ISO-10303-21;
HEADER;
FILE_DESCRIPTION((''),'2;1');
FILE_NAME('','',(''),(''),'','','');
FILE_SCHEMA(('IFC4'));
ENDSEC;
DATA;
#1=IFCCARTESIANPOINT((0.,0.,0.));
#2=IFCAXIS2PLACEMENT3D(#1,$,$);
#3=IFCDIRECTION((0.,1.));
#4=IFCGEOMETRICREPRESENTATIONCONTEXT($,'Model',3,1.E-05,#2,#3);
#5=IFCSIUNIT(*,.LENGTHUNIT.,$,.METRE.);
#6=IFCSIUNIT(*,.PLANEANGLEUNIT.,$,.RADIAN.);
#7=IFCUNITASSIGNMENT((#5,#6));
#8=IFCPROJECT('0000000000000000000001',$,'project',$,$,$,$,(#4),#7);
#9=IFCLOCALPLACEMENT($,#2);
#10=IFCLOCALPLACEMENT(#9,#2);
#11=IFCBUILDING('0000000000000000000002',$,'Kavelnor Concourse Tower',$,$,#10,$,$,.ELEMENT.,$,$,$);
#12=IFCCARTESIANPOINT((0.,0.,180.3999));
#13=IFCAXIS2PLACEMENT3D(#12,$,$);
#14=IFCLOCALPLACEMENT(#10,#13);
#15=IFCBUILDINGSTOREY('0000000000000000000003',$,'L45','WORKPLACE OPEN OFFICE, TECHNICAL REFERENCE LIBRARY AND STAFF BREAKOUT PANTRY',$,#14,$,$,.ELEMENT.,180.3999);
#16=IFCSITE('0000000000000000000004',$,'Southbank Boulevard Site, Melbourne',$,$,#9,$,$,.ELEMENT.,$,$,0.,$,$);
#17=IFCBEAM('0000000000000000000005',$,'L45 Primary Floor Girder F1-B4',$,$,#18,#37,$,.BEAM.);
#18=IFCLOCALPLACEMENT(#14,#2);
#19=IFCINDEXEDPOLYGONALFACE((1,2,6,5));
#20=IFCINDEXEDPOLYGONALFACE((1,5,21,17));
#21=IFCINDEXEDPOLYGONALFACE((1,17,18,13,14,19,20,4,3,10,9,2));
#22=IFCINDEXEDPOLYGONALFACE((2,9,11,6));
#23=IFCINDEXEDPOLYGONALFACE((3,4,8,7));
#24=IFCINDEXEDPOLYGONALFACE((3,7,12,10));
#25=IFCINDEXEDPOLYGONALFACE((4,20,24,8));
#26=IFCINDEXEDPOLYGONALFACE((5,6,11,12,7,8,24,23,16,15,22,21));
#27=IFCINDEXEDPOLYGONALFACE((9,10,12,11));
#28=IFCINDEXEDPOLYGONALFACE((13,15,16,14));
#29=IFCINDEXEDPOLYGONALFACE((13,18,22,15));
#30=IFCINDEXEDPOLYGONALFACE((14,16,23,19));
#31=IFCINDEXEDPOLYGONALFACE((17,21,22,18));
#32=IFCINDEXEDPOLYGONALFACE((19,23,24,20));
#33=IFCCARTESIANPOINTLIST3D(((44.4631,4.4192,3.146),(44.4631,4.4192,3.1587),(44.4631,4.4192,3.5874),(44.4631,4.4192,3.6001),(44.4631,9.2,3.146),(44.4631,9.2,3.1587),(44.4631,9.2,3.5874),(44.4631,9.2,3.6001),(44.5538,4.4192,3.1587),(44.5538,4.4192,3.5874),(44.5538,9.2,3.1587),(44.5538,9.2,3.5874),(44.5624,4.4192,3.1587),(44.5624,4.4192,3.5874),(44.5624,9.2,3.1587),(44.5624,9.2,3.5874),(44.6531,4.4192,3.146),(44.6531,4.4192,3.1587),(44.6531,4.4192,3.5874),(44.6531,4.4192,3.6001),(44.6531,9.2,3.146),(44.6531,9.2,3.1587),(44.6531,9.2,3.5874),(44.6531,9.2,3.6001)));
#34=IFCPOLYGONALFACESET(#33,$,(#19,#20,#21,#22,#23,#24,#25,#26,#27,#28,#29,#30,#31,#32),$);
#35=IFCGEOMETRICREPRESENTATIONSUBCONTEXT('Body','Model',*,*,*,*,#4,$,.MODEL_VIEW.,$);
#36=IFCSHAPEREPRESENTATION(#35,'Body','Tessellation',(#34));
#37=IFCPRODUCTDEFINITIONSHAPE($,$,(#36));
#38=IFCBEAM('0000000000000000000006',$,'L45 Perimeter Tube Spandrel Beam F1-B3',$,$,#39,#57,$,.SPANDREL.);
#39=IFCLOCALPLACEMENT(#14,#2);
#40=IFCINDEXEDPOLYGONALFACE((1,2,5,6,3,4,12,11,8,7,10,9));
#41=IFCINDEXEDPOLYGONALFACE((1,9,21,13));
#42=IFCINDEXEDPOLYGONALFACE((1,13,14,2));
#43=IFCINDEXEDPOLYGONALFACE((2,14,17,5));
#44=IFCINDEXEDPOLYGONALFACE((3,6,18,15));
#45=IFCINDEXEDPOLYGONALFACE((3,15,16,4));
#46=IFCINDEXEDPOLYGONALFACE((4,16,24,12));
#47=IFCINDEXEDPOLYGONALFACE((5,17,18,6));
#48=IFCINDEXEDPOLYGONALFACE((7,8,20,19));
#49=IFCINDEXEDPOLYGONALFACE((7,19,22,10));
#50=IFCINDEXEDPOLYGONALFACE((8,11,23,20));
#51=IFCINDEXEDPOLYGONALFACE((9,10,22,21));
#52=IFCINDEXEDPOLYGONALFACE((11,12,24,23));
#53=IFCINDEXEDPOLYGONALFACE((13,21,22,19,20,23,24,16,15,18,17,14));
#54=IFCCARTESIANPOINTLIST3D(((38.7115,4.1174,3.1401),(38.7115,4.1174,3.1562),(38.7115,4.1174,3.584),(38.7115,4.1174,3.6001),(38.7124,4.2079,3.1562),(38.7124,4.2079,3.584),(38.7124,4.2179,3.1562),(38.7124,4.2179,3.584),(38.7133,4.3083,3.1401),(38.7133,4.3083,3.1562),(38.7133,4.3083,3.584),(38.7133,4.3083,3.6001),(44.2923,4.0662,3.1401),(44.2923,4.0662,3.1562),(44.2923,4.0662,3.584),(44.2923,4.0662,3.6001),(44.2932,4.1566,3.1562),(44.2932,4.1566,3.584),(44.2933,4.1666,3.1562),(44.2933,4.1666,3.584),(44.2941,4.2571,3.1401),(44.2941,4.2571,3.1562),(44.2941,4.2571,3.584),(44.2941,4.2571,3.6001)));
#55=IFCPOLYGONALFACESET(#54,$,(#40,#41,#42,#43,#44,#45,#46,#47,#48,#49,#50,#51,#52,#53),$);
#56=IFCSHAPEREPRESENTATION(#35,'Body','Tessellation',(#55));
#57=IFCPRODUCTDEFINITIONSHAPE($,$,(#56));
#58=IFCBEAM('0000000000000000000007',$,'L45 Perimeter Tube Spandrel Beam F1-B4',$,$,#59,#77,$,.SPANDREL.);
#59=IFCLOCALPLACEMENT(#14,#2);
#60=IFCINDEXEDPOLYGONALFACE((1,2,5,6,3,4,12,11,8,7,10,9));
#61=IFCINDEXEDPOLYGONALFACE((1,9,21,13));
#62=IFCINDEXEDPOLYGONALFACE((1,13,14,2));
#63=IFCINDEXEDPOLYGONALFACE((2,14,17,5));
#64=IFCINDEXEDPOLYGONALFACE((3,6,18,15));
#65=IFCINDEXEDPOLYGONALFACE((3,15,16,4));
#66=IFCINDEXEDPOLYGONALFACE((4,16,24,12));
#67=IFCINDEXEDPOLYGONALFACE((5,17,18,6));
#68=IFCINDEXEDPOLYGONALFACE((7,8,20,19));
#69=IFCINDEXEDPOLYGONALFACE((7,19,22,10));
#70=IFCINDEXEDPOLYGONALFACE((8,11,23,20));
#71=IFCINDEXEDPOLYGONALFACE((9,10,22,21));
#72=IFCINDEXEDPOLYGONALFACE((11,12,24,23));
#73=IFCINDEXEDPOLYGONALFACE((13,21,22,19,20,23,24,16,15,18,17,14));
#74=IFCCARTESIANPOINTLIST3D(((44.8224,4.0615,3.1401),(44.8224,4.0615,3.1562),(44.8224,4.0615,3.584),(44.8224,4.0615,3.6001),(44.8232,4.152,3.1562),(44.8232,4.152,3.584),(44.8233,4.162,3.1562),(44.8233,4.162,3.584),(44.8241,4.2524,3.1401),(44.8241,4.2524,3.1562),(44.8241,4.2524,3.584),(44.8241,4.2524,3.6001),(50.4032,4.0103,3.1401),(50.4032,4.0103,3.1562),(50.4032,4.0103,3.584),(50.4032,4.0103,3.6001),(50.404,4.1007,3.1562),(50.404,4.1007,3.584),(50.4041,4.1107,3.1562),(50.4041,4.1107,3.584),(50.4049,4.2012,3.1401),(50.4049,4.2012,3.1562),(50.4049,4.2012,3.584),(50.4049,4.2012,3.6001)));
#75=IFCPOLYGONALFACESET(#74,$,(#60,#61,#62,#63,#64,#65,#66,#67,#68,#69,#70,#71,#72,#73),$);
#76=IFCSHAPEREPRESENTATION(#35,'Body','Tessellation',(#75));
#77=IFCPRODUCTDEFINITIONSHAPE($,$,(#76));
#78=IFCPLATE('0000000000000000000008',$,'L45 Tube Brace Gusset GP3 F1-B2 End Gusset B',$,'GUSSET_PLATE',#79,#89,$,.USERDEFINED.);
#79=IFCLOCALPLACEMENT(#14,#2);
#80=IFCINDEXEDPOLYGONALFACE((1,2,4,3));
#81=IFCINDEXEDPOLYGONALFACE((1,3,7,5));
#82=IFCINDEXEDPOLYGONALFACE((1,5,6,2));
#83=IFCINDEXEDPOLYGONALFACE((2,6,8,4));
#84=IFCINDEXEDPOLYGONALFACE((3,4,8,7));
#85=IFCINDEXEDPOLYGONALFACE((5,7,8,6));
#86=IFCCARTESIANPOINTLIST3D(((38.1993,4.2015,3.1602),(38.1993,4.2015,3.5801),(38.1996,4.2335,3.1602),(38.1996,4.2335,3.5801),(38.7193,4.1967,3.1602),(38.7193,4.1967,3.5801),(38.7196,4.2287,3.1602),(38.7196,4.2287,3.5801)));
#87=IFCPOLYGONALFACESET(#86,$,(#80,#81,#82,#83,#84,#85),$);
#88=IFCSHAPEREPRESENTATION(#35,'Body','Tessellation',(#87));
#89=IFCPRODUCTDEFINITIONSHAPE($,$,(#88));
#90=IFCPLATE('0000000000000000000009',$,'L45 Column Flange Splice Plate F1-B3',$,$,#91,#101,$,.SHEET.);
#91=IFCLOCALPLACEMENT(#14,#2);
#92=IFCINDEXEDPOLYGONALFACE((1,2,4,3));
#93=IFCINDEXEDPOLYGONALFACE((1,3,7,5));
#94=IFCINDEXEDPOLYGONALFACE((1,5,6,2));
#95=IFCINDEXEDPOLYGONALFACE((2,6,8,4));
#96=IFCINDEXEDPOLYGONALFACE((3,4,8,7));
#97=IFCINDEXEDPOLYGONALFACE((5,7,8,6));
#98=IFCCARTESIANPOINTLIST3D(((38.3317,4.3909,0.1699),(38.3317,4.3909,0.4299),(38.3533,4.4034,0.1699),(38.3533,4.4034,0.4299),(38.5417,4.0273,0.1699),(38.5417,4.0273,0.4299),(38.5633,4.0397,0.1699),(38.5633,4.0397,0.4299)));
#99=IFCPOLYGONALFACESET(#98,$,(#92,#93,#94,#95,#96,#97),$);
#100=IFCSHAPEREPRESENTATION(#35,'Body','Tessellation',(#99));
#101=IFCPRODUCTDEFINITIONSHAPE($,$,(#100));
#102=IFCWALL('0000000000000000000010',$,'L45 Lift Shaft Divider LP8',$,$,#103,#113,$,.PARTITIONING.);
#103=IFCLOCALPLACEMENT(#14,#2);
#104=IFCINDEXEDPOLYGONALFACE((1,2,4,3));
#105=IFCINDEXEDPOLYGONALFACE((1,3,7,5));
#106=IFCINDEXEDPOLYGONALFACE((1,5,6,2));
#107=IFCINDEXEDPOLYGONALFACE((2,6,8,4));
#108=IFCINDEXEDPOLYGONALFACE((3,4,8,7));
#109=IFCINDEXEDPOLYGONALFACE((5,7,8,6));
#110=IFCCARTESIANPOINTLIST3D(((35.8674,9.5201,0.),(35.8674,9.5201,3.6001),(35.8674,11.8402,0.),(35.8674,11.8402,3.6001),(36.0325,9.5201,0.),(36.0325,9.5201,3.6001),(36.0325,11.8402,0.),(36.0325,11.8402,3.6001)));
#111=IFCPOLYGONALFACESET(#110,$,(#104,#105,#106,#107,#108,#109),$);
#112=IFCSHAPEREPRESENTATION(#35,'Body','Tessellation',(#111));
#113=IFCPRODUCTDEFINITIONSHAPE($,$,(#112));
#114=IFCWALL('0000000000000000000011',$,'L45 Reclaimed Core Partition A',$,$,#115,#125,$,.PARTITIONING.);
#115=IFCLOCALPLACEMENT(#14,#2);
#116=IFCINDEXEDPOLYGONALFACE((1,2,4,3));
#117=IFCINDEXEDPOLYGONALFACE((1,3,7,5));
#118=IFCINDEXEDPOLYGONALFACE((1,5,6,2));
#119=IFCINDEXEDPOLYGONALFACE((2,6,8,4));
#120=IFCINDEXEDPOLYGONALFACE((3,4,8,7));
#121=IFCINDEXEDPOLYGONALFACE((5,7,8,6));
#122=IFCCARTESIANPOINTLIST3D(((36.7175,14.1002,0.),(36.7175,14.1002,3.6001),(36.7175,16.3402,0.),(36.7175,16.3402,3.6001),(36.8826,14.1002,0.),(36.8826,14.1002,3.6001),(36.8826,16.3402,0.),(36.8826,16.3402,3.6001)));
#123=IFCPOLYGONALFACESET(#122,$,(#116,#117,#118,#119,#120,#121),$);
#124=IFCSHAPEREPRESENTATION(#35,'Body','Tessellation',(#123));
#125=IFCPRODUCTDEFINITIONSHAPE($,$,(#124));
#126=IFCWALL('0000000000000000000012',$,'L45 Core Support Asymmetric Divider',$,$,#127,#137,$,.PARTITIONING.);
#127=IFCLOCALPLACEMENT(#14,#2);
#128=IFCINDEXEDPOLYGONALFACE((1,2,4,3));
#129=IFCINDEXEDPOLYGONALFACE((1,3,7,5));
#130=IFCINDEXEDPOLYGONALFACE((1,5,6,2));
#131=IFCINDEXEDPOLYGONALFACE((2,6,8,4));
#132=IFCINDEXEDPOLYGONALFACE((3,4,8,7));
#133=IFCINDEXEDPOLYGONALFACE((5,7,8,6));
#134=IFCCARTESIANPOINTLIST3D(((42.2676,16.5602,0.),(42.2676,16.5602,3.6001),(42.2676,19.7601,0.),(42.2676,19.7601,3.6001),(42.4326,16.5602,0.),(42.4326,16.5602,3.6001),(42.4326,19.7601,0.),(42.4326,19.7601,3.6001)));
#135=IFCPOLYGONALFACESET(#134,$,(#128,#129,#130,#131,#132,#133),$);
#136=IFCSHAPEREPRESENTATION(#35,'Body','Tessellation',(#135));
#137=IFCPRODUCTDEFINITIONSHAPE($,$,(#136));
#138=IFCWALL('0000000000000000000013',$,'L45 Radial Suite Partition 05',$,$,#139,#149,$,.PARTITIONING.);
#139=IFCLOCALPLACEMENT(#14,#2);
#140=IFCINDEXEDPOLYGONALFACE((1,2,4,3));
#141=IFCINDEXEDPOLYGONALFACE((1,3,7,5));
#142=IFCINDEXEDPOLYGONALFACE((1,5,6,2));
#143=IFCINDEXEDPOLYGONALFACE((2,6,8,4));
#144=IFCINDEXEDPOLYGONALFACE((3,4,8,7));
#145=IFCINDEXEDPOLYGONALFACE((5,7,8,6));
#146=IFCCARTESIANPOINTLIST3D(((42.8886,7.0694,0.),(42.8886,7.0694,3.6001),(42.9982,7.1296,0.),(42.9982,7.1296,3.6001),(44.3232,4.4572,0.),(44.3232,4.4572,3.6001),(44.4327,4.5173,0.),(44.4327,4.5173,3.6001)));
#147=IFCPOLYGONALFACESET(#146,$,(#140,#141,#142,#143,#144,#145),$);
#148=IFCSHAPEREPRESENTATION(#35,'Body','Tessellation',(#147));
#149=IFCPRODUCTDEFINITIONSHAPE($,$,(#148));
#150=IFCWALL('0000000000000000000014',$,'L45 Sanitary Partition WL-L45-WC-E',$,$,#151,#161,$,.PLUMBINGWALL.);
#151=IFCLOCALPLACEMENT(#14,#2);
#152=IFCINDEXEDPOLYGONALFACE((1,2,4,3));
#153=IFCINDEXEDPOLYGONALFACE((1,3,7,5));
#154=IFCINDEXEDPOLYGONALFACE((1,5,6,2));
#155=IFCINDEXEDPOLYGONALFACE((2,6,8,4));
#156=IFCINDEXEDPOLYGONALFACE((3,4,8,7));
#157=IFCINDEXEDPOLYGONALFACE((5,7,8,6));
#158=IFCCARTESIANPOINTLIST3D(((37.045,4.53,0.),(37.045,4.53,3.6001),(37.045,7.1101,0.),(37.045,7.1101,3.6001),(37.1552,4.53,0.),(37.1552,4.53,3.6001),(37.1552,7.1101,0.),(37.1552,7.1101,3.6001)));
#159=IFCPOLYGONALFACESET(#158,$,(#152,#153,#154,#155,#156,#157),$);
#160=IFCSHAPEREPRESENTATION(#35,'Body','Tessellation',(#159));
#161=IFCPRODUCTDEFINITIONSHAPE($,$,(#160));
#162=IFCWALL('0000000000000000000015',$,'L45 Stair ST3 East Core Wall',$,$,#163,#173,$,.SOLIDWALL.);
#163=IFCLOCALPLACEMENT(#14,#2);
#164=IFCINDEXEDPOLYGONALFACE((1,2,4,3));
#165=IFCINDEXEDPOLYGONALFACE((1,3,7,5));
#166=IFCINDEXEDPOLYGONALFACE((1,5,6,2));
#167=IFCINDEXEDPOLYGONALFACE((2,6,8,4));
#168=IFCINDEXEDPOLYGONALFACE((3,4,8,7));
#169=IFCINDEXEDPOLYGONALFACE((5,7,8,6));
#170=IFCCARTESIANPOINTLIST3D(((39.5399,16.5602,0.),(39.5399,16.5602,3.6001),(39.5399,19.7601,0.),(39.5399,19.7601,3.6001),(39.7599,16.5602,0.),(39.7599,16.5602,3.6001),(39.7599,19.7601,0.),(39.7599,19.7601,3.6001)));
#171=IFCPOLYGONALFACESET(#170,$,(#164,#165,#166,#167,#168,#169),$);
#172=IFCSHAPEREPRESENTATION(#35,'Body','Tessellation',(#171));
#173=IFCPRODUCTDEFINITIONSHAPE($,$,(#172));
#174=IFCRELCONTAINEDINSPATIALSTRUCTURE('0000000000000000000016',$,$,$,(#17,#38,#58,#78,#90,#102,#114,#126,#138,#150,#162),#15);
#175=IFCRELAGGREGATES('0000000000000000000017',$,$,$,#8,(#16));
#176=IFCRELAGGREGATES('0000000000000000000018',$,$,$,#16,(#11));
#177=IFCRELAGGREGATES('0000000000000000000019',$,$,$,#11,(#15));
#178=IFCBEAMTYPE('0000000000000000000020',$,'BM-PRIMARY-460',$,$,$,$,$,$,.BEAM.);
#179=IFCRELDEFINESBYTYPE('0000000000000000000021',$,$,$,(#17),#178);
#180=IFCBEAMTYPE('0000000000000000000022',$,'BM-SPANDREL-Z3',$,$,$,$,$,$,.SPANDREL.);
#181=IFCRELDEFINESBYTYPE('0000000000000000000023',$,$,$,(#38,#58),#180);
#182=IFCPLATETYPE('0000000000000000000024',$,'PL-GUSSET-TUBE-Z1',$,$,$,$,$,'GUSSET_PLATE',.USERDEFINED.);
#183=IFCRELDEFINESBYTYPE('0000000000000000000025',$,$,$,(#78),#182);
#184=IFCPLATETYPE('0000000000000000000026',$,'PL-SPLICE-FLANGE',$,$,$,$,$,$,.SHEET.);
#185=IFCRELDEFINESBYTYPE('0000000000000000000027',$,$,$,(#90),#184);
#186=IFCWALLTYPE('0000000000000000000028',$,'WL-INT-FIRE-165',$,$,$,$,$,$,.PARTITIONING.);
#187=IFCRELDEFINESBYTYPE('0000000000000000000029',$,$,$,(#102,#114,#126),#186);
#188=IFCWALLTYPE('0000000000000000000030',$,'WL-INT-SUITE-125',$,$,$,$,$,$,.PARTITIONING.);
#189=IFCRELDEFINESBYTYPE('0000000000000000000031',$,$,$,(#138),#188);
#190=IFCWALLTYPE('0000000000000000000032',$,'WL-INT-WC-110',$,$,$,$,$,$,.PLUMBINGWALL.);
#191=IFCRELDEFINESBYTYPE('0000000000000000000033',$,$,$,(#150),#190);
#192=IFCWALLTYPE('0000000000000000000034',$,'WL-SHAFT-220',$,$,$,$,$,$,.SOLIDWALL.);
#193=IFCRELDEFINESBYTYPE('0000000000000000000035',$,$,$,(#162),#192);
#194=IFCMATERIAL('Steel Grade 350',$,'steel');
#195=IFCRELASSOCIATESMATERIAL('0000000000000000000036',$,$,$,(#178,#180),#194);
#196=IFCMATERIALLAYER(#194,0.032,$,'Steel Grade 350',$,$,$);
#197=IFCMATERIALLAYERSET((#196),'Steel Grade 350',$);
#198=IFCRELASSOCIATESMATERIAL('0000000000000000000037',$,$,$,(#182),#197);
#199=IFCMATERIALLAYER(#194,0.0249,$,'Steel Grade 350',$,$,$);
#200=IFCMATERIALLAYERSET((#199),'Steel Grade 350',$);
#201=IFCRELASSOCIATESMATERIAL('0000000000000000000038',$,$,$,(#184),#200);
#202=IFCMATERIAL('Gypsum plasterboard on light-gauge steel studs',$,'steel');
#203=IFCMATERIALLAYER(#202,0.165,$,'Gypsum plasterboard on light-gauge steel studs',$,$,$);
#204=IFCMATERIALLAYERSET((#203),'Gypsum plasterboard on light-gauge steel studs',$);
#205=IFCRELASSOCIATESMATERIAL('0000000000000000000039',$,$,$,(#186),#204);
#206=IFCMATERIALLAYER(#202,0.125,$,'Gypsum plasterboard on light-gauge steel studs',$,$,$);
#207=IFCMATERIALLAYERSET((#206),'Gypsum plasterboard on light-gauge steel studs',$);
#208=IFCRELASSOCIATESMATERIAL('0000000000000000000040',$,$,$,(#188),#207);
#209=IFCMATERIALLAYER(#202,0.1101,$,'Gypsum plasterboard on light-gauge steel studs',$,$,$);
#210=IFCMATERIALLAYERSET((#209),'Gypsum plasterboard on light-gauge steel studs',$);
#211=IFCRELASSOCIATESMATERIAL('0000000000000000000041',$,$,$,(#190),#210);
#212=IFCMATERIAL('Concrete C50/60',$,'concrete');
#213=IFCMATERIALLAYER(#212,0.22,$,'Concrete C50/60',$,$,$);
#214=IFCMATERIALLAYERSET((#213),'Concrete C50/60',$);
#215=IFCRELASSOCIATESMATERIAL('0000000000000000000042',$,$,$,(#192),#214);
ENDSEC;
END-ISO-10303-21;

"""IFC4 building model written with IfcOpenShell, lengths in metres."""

from ifc_helpers import new_model, si_unit, direction, frame, frame_2d, origin, origin_2d, place, context, subcontext, project, spatial, rectangle, i_section, extrude, material, layer, layer_set, material_profile, profile_set, type_object, element, save


model = new_model("IFC4")

# Units and contexts
model_context = context("Model", 3, precision=1e-05, world=origin(), true_north=direction((0.0, 1.0)))
body_context = subcontext(model_context, "Body", "Model", "MODEL_VIEW")
ifc_project = project(units=[si_unit("LENGTHUNIT", "METRE"), si_unit("PLANEANGLEUNIT", "RADIAN")], contexts=[model_context])

# Site, building, storey
site_placement = place(None, origin())
site = spatial("IfcSite", under=ifc_project, at=site_placement, Name="Southbank Boulevard Site, Melbourne", CompositionType="ELEMENT", RefElevation=0.0)
building_placement = place(site_placement, origin())
building = spatial("IfcBuilding", under=site, at=building_placement, Name="Kavelnor Concourse Tower", CompositionType="ELEMENT")
storey_placement = place(building_placement, frame((0.0, 0.0, 180.3999)))
storey = spatial("IfcBuildingStorey", under=building, at=storey_placement, Name="L45", Description="WORKPLACE OPEN OFFICE, TECHNICAL REFERENCE LIBRARY AND STAFF BREAKOUT PANTRY", CompositionType="ELEMENT", Elevation=180.3999)

# Shared definitions
ifc_material_1 = material(Name="Steel Grade 350", Category="steel")

# Beams
ifc_material_profile_1 = material_profile(ifc_material_1, i_section(OverallWidth=0.1899, OverallDepth=0.4541, WebThickness=0.0085, FlangeThickness=0.0127, at=origin_2d()), Name="460UB67")
ifc_profile_set_1 = profile_set([ifc_material_profile_1], Name="Steel Grade 350")
beam_type_1 = type_object("IfcBeamType", Name="BM-PRIMARY-460", PredefinedType="BEAM", material=ifc_profile_set_1)
beam_1_placement = place(storey_placement, frame((44.5581, 9.2, 3.373), z_axis=(0.0, -1.0, 0.0), x_axis=(1.0, 0.0, 0.0)))
element("IfcBeam", 1, at=beam_1_placement, inside=storey, type_object=beam_type_1, Name="L45 Primary Floor Girder F1-B4", PredefinedType="BEAM", context=body_context, shape_type="SweptSolid", body=[
    extrude(i_section(OverallWidth=0.1899, OverallDepth=0.4541, WebThickness=0.0085, FlangeThickness=0.0127, at=origin_2d()), origin(), (0.0, 0.0, 1.0), 4.7808),
])
ifc_material_profile_2 = material_profile(ifc_material_1, i_section(OverallWidth=0.1909, OverallDepth=0.46, WebThickness=0.01, FlangeThickness=0.0161, at=origin_2d()), Name="460UB82")
ifc_profile_set_2 = profile_set([ifc_material_profile_2], Name="Steel Grade 350")
beam_type_2 = type_object("IfcBeamType", Name="BM-SPANDREL-Z3", PredefinedType="SPANDREL", material=ifc_profile_set_2)
for number, where, z_axis, x_axis, name in (
    (2, (38.7124, 4.2129, 3.3701), (0.999958, -0.009186, 0.0), (0.009186, 0.999958, 0.0), "L45 Perimeter Tube Spandrel Beam F1-B3"),
    (3, (44.8232, 4.157, 3.3701), (0.999958, -0.009186, 0.0), (0.009186, 0.999958, 0.0), "L45 Perimeter Tube Spandrel Beam F1-B4"),
):
    element("IfcBeam", number, at=place(storey_placement, frame(where, z_axis=z_axis, x_axis=x_axis)), inside=storey, type_object=beam_type_2, Name=name, PredefinedType="SPANDREL", context=body_context, shape_type="SweptSolid", body=[
        extrude(i_section(OverallWidth=0.1909, OverallDepth=0.46, WebThickness=0.01, FlangeThickness=0.0161, at=origin_2d()), origin(), (0.0, 0.0, 1.0), 5.5811),
    ])

# Plates
ifc_layer_1 = layer(ifc_material_1, 0.032, Name="Steel Grade 350")
ifc_layer_set_1 = layer_set([ifc_layer_1], Name="Steel Grade 350")
plate_type_1 = type_object("IfcPlateType", Name="PL-GUSSET-TUBE-Z1", ElementType="GUSSET_PLATE", PredefinedType="USERDEFINED", material=ifc_layer_set_1)
plate_1_placement = place(storey_placement, frame((38.4595, 4.2151, 3.1602), z_axis=(0.0, 0.0, 1.0), x_axis=(0.999957, -0.00925, 0.0)))
element("IfcPlate", 4, at=plate_1_placement, inside=storey, type_object=plate_type_1, Name="L45 Tube Brace Gusset GP3 F1-B2 End Gusset B", ObjectType="GUSSET_PLATE", PredefinedType="USERDEFINED", context=body_context, shape_type="SweptSolid", body=[
    extrude(rectangle(XDim=0.52, YDim=0.032, at=origin_2d()), origin(), (0.0, 0.0, 1.0), 0.4199),
])
ifc_layer_2 = layer(ifc_material_1, 0.0249, Name="Steel Grade 350")
ifc_layer_set_2 = layer_set([ifc_layer_2], Name="Steel Grade 350")
plate_type_2 = type_object("IfcPlateType", Name="PL-SPLICE-FLANGE", PredefinedType="SHEET", material=ifc_layer_set_2)
plate_2_placement = place(storey_placement, frame((38.4475, 4.2153, 0.1699), z_axis=(0.0, 0.0, 1.0), x_axis=(-0.5, 0.866025, 0.0)))
element("IfcPlate", 5, at=plate_2_placement, inside=storey, type_object=plate_type_2, Name="L45 Column Flange Splice Plate F1-B3", PredefinedType="SHEET", context=body_context, shape_type="SweptSolid", body=[
    extrude(rectangle(XDim=0.4199, YDim=0.0249, at=origin_2d()), origin(), (0.0, 0.0, 1.0), 0.26),
])

# Walls
ifc_material_2 = material(Name="Gypsum plasterboard on light-gauge steel studs", Category="steel")
ifc_layer_3 = layer(ifc_material_2, 0.165, Name="Gypsum plasterboard on light-gauge steel studs")
ifc_layer_set_3 = layer_set([ifc_layer_3], Name="Gypsum plasterboard on light-gauge steel studs")
wall_type_1 = type_object("IfcWallType", Name="WL-INT-FIRE-165", PredefinedType="PARTITIONING", material=ifc_layer_set_3)
wall_1_placement = place(storey_placement, frame((35.95, 9.52, 0.0), z_axis=(0.0, 0.0, 1.0), x_axis=(0.0, 1.0, 0.0)))
element("IfcWall", 6, at=wall_1_placement, inside=storey, type_object=wall_type_1, Name="L45 Lift Shaft Divider LP8", PredefinedType="PARTITIONING", context=body_context, shape_type="SweptSolid", body=[
    extrude(rectangle(XDim=2.3201, YDim=0.165, at=frame_2d((1.1602, 0.0))), origin(), (0.0, 0.0, 1.0), 3.6001),
])
wall_2_placement = place(storey_placement, frame((36.8, 14.1001, 0.0), z_axis=(0.0, 0.0, 1.0), x_axis=(0.0, 1.0, 0.0)))
element("IfcWall", 7, at=wall_2_placement, inside=storey, type_object=wall_type_1, Name="L45 Reclaimed Core Partition A", PredefinedType="PARTITIONING", context=body_context, shape_type="SweptSolid", body=[
    extrude(rectangle(XDim=2.24, YDim=0.165, at=frame_2d((1.1201, 0.0))), origin(), (0.0, 0.0, 1.0), 3.6001),
])
wall_3_placement = place(storey_placement, frame((42.3501, 16.5601, 0.0), z_axis=(0.0, 0.0, 1.0), x_axis=(0.0, 1.0, 0.0)))
element("IfcWall", 8, at=wall_3_placement, inside=storey, type_object=wall_type_1, Name="L45 Core Support Asymmetric Divider", PredefinedType="PARTITIONING", context=body_context, shape_type="SweptSolid", body=[
    extrude(rectangle(XDim=3.2, YDim=0.165, at=frame_2d((1.6001, 0.0))), origin(), (0.0, 0.0, 1.0), 3.6001),
])
ifc_layer_4 = layer(ifc_material_2, 0.125, Name="Gypsum plasterboard on light-gauge steel studs")
ifc_layer_set_4 = layer_set([ifc_layer_4], Name="Gypsum plasterboard on light-gauge steel studs")
wall_type_2 = type_object("IfcWallType", Name="WL-INT-SUITE-125", PredefinedType="PARTITIONING", material=ifc_layer_set_4)
wall_4_placement = place(storey_placement, frame((42.9434, 7.0996, 0.0), z_axis=(0.0, 0.0, 1.0), x_axis=(0.481353, -0.876527, 0.0)))
element("IfcWall", 9, at=wall_4_placement, inside=storey, type_object=wall_type_2, Name="L45 Radial Suite Partition 05", PredefinedType="PARTITIONING", context=body_context, shape_type="SweptSolid", body=[
    extrude(rectangle(XDim=2.9802, YDim=0.125, at=frame_2d((1.4902, 0.0))), origin(), (0.0, 0.0, 1.0), 3.6001),
])
ifc_layer_5 = layer(ifc_material_2, 0.1101, Name="Gypsum plasterboard on light-gauge steel studs")
ifc_layer_set_5 = layer_set([ifc_layer_5], Name="Gypsum plasterboard on light-gauge steel studs")
wall_type_3 = type_object("IfcWallType", Name="WL-INT-WC-110", PredefinedType="PLUMBINGWALL", material=ifc_layer_set_5)
wall_5_placement = place(storey_placement, frame((37.1001, 4.53, 0.0), z_axis=(0.0, 0.0, 1.0), x_axis=(0.0, 1.0, 0.0)))
element("IfcWall", 10, at=wall_5_placement, inside=storey, type_object=wall_type_3, Name="L45 Sanitary Partition WL-L45-WC-E", PredefinedType="PLUMBINGWALL", context=body_context, shape_type="SweptSolid", body=[
    extrude(rectangle(XDim=2.5801, YDim=0.1101, at=frame_2d((1.29, 0.0))), origin(), (0.0, 0.0, 1.0), 3.6001),
])
ifc_material_3 = material(Name="Concrete C50/60", Category="concrete")
ifc_layer_6 = layer(ifc_material_3, 0.22, Name="Concrete C50/60")
ifc_layer_set_6 = layer_set([ifc_layer_6], Name="Concrete C50/60")
wall_type_4 = type_object("IfcWallType", Name="WL-SHAFT-220", PredefinedType="SOLIDWALL", material=ifc_layer_set_6)
wall_6_placement = place(storey_placement, frame((39.6499, 16.5601, 0.0), z_axis=(0.0, 0.0, 1.0), x_axis=(0.0, 1.0, 0.0)))
element("IfcWall", 11, at=wall_6_placement, inside=storey, type_object=wall_type_4, Name="L45 Stair ST3 East Core Wall", PredefinedType="SOLIDWALL", context=body_context, shape_type="SweptSolid", body=[
    extrude(rectangle(XDim=3.2, YDim=0.22, at=frame_2d((1.6001, 0.0))), origin(), (0.0, 0.0, 1.0), 3.6001),
])

save(model, "model.ifc")
